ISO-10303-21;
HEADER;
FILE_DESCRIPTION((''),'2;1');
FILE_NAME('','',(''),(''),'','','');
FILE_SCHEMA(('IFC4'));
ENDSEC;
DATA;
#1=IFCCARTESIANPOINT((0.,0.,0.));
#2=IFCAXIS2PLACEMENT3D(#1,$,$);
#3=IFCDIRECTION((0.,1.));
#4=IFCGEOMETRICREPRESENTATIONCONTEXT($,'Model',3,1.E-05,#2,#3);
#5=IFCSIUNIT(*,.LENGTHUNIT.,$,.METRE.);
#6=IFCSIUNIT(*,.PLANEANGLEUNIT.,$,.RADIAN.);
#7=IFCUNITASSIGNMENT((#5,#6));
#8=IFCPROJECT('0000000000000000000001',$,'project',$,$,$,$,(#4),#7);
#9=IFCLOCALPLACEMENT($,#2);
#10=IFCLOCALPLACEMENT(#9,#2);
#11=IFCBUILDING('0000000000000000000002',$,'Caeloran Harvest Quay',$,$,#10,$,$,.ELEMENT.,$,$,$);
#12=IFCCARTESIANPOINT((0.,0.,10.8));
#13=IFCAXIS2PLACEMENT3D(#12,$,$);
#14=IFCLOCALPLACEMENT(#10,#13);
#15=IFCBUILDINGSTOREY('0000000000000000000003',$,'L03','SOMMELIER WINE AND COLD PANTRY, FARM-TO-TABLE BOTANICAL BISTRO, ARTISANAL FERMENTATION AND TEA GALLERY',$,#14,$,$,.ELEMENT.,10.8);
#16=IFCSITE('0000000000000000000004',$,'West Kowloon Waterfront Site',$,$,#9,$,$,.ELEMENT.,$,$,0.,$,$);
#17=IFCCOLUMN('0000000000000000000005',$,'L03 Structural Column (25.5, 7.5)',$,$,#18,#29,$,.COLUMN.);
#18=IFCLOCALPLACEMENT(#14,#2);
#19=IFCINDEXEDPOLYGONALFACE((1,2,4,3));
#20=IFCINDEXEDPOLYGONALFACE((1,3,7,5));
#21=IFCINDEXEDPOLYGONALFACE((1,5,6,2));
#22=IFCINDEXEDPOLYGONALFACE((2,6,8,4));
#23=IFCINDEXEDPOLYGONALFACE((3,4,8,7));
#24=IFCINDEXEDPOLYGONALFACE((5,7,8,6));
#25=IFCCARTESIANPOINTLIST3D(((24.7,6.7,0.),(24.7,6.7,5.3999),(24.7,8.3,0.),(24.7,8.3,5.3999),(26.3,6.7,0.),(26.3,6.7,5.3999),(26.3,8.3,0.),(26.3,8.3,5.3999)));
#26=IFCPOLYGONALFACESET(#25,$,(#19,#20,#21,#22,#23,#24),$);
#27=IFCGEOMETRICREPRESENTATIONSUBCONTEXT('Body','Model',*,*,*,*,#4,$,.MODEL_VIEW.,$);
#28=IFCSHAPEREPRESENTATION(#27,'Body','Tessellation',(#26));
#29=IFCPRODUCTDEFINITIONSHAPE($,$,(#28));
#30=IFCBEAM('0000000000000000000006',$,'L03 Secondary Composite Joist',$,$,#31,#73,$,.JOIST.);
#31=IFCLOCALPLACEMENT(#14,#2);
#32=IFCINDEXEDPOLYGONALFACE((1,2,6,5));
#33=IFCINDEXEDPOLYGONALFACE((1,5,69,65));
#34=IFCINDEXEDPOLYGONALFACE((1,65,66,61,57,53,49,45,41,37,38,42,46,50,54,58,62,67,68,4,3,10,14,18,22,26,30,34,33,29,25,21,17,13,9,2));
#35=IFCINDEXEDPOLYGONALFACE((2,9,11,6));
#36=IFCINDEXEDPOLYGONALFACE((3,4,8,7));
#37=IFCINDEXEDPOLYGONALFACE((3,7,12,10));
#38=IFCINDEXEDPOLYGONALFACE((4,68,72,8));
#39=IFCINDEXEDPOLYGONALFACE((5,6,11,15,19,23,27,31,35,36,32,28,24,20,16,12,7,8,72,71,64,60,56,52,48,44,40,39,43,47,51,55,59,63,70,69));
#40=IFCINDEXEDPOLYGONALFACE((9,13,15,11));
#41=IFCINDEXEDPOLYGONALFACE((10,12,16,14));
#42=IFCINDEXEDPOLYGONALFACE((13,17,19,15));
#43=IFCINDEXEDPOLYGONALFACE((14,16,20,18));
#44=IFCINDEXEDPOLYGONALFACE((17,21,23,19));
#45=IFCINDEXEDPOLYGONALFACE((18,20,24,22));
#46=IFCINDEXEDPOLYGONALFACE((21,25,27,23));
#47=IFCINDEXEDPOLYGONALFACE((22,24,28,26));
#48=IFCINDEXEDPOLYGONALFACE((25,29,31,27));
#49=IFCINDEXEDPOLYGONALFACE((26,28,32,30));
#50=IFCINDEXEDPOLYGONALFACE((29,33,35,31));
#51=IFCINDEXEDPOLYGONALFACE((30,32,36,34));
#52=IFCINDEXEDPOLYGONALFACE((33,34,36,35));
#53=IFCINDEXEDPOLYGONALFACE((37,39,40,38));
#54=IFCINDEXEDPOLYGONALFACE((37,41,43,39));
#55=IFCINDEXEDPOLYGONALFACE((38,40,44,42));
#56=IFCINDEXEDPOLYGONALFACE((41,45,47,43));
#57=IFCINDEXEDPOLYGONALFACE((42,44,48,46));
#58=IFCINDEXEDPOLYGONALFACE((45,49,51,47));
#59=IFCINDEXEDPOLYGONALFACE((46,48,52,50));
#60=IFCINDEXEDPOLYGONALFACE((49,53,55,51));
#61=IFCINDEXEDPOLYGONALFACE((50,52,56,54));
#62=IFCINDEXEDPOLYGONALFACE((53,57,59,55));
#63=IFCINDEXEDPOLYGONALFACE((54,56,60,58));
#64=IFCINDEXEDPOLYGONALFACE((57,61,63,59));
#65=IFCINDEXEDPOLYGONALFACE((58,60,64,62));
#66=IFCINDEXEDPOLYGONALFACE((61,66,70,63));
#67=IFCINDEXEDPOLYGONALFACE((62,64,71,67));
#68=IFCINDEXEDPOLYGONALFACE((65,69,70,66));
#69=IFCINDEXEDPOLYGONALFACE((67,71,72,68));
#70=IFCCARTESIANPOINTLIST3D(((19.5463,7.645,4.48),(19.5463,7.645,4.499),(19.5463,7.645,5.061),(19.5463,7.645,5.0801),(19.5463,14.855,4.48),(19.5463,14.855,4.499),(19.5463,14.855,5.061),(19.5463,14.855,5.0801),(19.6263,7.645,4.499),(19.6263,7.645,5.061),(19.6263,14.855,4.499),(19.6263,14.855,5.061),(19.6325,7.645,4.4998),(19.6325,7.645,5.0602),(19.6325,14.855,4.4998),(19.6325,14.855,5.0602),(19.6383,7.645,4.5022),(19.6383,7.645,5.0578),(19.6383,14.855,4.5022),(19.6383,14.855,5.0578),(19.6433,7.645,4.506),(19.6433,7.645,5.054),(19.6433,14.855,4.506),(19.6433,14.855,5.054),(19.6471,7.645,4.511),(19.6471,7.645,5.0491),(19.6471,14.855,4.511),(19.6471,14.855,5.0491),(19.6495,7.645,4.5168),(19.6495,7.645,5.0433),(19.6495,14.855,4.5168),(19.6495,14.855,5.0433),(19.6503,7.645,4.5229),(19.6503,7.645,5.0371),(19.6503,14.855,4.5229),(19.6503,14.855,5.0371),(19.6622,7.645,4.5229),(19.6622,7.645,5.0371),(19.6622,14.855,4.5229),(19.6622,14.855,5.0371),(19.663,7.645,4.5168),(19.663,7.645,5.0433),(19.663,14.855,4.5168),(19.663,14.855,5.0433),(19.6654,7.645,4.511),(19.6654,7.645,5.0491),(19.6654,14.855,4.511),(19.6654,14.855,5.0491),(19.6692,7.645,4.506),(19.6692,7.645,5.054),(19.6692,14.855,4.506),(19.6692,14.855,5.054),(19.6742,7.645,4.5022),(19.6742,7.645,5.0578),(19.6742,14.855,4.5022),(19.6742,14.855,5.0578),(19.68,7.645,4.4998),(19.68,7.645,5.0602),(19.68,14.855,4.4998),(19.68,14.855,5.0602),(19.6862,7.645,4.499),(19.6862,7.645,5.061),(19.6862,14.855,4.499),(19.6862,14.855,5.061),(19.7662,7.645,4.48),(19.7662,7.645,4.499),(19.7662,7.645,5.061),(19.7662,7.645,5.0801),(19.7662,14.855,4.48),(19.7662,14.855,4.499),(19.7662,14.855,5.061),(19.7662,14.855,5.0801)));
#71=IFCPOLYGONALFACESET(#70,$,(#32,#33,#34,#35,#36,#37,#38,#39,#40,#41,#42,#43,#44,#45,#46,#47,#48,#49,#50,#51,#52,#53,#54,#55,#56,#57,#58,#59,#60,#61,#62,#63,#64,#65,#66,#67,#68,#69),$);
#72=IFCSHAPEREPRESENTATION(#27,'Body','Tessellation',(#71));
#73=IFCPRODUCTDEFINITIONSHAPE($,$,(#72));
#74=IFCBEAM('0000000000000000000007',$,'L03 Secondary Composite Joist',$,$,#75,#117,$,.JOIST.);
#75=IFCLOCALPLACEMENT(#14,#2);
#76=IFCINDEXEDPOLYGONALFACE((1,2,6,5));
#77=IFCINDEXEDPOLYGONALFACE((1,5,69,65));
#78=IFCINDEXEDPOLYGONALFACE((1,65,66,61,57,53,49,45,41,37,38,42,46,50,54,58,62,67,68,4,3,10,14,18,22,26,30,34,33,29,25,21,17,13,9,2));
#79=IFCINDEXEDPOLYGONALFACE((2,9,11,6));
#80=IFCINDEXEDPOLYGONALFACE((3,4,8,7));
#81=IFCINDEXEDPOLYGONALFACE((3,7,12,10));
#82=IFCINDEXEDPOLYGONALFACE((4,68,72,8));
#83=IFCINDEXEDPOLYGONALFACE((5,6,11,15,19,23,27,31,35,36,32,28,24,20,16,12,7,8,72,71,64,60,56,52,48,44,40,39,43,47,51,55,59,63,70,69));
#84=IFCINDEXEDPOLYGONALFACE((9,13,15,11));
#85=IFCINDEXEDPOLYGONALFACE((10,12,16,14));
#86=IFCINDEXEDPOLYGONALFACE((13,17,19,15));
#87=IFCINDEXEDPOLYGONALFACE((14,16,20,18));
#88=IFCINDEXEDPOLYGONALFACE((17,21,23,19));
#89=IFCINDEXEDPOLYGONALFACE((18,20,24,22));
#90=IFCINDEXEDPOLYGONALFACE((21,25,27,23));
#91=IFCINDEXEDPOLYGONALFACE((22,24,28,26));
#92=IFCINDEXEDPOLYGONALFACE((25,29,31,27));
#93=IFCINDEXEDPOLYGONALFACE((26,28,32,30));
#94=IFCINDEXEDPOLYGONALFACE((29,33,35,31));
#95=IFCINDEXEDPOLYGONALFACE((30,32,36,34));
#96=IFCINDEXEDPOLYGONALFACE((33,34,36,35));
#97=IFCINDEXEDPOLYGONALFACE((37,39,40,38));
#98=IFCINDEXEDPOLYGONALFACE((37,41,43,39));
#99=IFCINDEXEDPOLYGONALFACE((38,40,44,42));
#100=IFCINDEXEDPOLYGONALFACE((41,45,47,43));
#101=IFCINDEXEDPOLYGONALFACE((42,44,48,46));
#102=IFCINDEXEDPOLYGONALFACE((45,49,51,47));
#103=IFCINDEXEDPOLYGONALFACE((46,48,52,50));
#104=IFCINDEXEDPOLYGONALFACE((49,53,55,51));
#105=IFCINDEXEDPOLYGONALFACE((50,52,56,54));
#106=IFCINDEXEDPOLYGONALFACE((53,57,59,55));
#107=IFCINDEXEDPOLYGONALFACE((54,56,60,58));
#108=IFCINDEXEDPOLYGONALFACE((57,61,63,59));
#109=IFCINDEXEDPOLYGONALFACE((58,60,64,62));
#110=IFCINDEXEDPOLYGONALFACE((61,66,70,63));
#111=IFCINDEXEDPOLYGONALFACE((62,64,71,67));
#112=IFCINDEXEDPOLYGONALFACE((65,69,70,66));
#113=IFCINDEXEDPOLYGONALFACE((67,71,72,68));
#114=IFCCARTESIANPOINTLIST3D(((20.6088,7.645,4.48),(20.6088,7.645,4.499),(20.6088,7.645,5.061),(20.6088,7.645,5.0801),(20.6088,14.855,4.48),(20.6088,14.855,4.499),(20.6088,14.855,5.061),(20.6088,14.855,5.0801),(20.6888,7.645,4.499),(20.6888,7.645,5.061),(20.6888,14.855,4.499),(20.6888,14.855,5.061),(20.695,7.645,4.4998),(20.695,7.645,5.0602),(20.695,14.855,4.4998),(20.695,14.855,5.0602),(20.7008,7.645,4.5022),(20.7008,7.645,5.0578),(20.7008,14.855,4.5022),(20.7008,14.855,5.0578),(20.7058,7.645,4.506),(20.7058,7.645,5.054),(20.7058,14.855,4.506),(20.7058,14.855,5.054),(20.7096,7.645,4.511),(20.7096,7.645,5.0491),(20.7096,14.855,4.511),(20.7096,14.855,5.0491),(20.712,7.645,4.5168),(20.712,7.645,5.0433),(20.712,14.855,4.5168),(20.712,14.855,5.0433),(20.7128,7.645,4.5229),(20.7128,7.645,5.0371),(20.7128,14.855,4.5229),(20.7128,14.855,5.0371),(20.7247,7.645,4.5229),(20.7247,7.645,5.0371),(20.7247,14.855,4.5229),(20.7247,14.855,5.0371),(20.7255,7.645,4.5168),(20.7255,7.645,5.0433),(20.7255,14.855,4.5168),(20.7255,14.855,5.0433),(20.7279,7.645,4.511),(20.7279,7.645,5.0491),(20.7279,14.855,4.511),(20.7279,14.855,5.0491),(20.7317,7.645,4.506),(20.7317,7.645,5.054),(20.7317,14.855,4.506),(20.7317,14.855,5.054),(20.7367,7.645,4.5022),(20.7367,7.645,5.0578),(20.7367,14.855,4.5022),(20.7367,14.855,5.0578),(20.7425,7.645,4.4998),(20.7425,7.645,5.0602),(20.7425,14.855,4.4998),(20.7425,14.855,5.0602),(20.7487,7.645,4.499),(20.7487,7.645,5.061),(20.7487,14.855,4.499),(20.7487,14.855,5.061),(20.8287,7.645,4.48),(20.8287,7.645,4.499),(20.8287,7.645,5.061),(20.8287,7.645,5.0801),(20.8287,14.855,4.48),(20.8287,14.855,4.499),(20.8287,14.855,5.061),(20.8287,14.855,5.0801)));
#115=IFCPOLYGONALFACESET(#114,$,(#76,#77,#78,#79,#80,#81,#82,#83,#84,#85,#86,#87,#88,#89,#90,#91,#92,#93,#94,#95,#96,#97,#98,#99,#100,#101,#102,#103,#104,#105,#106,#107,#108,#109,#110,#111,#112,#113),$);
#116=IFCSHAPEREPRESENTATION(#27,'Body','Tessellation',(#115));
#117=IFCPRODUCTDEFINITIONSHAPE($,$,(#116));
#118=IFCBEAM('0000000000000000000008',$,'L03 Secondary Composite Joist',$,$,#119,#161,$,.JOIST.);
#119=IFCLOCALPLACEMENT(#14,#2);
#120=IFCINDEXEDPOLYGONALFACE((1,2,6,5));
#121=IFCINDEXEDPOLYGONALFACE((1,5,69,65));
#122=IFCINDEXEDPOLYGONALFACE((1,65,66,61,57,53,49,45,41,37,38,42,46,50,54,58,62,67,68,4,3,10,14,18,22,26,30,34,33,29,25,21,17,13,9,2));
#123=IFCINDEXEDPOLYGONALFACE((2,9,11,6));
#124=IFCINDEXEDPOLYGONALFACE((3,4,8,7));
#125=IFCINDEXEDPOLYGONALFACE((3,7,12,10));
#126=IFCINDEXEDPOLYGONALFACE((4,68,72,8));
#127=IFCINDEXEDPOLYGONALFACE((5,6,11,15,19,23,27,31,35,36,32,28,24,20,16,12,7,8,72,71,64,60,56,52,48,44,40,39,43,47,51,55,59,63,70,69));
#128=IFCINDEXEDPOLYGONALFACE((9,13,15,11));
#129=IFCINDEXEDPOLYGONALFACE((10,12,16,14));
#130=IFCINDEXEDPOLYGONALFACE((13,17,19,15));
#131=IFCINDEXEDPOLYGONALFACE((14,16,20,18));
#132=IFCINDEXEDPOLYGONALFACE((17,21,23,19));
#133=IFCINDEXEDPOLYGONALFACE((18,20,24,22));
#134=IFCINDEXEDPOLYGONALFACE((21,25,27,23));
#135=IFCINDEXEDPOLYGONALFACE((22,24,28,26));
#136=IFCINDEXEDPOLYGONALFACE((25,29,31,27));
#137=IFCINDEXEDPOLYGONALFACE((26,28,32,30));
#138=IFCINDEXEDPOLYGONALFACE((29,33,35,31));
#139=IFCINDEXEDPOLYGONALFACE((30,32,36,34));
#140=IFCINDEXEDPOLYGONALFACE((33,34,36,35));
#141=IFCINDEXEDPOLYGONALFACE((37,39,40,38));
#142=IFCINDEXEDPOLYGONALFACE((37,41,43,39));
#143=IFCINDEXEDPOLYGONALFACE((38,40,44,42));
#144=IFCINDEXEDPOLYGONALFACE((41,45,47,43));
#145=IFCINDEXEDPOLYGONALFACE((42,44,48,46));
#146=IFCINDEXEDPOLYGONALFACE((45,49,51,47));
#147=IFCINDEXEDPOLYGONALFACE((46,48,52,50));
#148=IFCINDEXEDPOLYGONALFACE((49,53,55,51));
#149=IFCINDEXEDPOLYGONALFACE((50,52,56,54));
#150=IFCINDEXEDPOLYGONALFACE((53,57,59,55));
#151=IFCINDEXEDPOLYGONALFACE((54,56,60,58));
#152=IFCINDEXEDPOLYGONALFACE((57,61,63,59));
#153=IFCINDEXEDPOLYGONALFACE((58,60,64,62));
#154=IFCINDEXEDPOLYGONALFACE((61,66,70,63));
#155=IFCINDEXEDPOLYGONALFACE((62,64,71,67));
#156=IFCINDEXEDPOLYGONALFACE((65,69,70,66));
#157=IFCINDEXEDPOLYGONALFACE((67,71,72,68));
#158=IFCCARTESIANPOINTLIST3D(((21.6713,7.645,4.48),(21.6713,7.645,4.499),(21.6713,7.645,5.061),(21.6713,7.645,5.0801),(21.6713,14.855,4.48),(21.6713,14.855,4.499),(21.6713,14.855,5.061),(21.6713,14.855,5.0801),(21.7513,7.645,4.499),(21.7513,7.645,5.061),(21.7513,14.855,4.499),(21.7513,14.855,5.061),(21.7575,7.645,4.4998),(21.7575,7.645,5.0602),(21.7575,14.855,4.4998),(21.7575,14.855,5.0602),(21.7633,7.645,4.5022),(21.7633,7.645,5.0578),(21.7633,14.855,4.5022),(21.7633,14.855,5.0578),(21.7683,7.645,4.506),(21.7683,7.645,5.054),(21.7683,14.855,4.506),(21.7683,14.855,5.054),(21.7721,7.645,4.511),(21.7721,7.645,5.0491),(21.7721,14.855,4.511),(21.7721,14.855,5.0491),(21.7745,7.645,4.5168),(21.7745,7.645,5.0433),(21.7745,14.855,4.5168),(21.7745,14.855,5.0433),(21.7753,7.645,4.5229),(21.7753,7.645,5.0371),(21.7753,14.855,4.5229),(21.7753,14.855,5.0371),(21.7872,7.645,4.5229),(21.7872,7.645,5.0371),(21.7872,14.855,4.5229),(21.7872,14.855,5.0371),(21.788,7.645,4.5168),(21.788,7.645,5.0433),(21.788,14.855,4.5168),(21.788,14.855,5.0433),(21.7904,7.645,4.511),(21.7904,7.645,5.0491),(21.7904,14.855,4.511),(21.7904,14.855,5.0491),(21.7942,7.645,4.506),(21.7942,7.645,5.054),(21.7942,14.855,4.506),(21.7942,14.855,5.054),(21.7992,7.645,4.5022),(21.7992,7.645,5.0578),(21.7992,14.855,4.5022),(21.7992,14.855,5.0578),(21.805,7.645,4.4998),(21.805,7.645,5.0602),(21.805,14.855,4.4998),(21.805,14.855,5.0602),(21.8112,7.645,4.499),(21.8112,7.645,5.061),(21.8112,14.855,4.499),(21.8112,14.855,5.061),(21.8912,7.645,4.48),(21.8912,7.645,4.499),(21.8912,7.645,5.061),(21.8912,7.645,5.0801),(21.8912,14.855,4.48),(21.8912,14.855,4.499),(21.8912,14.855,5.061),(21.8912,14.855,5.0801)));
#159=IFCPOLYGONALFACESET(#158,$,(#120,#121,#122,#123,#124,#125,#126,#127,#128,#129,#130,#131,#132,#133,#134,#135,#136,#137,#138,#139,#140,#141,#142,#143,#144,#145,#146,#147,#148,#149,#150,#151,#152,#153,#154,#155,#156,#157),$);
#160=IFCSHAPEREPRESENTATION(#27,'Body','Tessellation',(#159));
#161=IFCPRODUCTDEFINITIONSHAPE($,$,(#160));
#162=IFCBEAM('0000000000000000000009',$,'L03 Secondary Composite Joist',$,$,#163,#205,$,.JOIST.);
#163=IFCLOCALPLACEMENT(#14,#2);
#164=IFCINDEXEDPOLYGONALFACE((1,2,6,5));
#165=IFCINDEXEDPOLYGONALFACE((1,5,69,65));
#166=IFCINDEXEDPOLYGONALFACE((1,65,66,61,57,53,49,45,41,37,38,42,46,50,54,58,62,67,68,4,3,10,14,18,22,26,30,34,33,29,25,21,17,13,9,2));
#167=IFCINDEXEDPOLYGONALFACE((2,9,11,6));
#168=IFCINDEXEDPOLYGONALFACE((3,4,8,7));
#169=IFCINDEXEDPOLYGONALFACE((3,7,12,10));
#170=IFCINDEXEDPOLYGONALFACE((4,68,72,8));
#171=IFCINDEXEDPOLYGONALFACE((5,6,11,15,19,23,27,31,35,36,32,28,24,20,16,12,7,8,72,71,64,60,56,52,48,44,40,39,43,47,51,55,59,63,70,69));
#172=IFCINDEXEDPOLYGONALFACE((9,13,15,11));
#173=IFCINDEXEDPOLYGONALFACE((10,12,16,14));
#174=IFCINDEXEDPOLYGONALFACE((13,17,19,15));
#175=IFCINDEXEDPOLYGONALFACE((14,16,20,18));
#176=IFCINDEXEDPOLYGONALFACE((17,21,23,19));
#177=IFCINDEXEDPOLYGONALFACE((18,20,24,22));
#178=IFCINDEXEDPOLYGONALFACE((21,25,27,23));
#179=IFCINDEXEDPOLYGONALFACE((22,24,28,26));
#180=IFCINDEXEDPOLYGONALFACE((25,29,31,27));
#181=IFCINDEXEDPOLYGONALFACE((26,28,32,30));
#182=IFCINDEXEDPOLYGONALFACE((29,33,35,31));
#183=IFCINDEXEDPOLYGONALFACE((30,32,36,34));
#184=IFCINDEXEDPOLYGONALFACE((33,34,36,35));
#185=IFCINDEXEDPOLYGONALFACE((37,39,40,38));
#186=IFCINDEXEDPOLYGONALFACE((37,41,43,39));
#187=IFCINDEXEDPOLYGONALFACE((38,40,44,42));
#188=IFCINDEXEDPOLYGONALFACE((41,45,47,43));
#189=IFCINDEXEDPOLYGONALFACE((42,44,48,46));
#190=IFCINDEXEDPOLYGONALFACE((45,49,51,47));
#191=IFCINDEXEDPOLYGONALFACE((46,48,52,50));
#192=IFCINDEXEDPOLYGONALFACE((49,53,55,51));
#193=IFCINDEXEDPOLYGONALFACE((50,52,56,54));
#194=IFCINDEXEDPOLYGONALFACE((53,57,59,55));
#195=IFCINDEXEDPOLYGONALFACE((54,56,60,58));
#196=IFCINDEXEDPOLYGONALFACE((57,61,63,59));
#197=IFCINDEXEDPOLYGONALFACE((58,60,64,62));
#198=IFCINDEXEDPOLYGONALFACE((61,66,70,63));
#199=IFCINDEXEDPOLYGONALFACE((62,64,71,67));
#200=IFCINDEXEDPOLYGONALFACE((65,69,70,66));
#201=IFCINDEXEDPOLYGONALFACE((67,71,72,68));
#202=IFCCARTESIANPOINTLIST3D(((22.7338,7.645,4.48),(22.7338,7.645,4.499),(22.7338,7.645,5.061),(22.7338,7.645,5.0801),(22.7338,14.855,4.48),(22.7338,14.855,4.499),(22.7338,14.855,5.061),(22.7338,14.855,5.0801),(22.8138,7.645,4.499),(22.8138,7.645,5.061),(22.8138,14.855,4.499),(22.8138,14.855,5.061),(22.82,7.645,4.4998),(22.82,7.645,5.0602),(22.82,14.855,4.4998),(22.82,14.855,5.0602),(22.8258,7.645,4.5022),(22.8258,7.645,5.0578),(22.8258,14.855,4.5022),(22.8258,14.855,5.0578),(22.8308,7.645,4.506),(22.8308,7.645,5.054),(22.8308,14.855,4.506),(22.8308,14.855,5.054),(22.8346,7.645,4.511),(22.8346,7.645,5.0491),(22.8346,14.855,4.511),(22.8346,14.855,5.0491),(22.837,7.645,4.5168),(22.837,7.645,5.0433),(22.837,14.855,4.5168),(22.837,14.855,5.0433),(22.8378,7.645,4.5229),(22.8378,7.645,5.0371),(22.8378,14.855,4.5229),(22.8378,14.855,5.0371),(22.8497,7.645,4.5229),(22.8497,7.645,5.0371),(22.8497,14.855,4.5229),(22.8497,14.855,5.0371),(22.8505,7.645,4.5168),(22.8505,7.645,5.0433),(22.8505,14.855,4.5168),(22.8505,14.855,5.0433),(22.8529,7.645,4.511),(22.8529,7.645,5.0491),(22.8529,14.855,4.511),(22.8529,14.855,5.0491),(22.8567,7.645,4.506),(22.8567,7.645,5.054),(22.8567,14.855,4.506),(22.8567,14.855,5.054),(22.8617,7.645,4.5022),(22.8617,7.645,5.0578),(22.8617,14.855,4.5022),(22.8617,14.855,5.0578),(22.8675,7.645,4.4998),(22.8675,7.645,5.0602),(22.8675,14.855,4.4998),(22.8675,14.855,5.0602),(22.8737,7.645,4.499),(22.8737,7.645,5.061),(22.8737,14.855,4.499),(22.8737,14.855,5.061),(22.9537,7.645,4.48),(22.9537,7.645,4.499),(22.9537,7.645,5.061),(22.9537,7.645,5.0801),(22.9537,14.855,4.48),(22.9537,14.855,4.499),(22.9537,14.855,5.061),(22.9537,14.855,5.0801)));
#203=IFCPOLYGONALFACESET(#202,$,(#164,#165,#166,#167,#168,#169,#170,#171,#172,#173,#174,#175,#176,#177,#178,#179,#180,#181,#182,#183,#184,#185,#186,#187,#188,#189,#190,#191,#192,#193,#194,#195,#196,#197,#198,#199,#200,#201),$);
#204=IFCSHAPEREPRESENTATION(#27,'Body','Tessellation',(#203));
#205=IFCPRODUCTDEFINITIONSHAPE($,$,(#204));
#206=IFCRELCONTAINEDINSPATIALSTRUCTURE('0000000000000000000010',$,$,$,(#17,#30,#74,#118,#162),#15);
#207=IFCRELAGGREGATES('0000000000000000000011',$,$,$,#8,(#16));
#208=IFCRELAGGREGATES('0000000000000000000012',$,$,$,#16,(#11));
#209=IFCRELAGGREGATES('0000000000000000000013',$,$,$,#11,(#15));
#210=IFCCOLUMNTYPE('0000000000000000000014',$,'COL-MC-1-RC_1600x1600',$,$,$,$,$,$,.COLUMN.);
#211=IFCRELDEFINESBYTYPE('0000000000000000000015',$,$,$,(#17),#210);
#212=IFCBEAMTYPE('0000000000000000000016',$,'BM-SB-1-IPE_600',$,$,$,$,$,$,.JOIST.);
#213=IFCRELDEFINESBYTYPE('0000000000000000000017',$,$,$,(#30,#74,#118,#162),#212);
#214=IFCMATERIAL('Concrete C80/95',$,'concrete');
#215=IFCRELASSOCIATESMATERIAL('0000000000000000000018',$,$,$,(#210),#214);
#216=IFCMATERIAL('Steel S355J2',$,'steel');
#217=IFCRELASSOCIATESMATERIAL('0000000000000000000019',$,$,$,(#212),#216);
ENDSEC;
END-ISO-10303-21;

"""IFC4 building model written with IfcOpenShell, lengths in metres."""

from ifc_helpers import new_model, si_unit, direction, frame, origin, origin_2d, place, context, subcontext, project, spatial, rectangle, i_section, extrude, material, material_profile, profile_set, type_object, element, save


model = new_model("IFC4")

# Units and contexts
model_context = context("Model", 3, precision=1e-05, world=origin(), true_north=direction((0.0, 1.0)))
body_context = subcontext(model_context, "Body", "Model", "MODEL_VIEW")
ifc_project = project(units=[si_unit("LENGTHUNIT", "METRE"), si_unit("PLANEANGLEUNIT", "RADIAN")], contexts=[model_context])

# Site, building, storey
site_placement = place(None, origin())
site = spatial("IfcSite", under=ifc_project, at=site_placement, Name="West Kowloon Waterfront Site", CompositionType="ELEMENT", RefElevation=0.0)
building_placement = place(site_placement, origin())
building = spatial("IfcBuilding", under=site, at=building_placement, Name="Caeloran Harvest Quay", CompositionType="ELEMENT")
storey_placement = place(building_placement, frame((0.0, 0.0, 10.8)))
storey = spatial("IfcBuildingStorey", under=building, at=storey_placement, Name="L03", Description="SOMMELIER WINE AND COLD PANTRY, FARM-TO-TABLE BOTANICAL BISTRO, ARTISANAL FERMENTATION AND TEA GALLERY", CompositionType="ELEMENT", Elevation=10.8)

# Column
ifc_material_1 = material(Name="Concrete C80/95", Category="concrete")
ifc_material_profile_1 = material_profile(ifc_material_1, rectangle(XDim=1.6001, YDim=1.6001, at=origin_2d()), Name="RC 1600x1600")
ifc_profile_set_1 = profile_set([ifc_material_profile_1], Name="Concrete C80/95")
column_type = type_object("IfcColumnType", Name="COL-MC-1-RC_1600x1600", PredefinedType="COLUMN", material=ifc_profile_set_1)
column_placement = place(storey_placement, frame((25.5, 7.5, 0.0), z_axis=(0.0, 0.0, 1.0), x_axis=(1.0, 0.0, 0.0)))
element("IfcColumn", 1, at=column_placement, inside=storey, type_object=column_type, Name="L03 Structural Column (25.5, 7.5)", PredefinedType="COLUMN", context=body_context, shape_type="SweptSolid", body=[
    extrude(rectangle(XDim=1.6001, YDim=1.6001, at=origin_2d()), origin(), (0.0, 0.0, 1.0), 5.3999),
])

# Beams
ifc_material_2 = material(Name="Steel S355J2", Category="steel")
ifc_material_profile_2 = material_profile(ifc_material_2, i_section(OverallWidth=0.22, OverallDepth=0.6001, WebThickness=0.012, FlangeThickness=0.019, FilletRadius=0.0239, at=origin_2d()), Name="IPE 600")
ifc_profile_set_2 = profile_set([ifc_material_profile_2], Name="Steel S355J2")
beam_type_1 = type_object("IfcBeamType", Name="BM-SB-1-IPE_600", PredefinedType="JOIST", material=ifc_profile_set_2)
for number, where, z_axis, x_axis, name in (
    (2, (19.6562, 7.645, 4.78), (0.0, 1.0, 0.0), (-1.0, 0.0, 0.0), "L03 Secondary Composite Joist"),
    (3, (20.7188, 7.645, 4.78), (0.0, 1.0, 0.0), (-1.0, 0.0, 0.0), "L03 Secondary Composite Joist"),
    (4, (21.7812, 7.645, 4.78), (0.0, 1.0, 0.0), (-1.0, 0.0, 0.0), "L03 Secondary Composite Joist"),
    (5, (22.8438, 7.645, 4.78), (0.0, 1.0, 0.0), (-1.0, 0.0, 0.0), "L03 Secondary Composite Joist"),
):
    element("IfcBeam", number, at=place(storey_placement, frame(where, z_axis=z_axis, x_axis=x_axis)), inside=storey, type_object=beam_type_1, Name=name, PredefinedType="JOIST", context=body_context, shape_type="SweptSolid", body=[
        extrude(i_section(OverallWidth=0.22, OverallDepth=0.6001, WebThickness=0.012, FlangeThickness=0.019, FilletRadius=0.0239, at=origin_2d()), origin(), (0.0, 0.0, 1.0), 7.21),
    ])

save(model, "model.ifc")
